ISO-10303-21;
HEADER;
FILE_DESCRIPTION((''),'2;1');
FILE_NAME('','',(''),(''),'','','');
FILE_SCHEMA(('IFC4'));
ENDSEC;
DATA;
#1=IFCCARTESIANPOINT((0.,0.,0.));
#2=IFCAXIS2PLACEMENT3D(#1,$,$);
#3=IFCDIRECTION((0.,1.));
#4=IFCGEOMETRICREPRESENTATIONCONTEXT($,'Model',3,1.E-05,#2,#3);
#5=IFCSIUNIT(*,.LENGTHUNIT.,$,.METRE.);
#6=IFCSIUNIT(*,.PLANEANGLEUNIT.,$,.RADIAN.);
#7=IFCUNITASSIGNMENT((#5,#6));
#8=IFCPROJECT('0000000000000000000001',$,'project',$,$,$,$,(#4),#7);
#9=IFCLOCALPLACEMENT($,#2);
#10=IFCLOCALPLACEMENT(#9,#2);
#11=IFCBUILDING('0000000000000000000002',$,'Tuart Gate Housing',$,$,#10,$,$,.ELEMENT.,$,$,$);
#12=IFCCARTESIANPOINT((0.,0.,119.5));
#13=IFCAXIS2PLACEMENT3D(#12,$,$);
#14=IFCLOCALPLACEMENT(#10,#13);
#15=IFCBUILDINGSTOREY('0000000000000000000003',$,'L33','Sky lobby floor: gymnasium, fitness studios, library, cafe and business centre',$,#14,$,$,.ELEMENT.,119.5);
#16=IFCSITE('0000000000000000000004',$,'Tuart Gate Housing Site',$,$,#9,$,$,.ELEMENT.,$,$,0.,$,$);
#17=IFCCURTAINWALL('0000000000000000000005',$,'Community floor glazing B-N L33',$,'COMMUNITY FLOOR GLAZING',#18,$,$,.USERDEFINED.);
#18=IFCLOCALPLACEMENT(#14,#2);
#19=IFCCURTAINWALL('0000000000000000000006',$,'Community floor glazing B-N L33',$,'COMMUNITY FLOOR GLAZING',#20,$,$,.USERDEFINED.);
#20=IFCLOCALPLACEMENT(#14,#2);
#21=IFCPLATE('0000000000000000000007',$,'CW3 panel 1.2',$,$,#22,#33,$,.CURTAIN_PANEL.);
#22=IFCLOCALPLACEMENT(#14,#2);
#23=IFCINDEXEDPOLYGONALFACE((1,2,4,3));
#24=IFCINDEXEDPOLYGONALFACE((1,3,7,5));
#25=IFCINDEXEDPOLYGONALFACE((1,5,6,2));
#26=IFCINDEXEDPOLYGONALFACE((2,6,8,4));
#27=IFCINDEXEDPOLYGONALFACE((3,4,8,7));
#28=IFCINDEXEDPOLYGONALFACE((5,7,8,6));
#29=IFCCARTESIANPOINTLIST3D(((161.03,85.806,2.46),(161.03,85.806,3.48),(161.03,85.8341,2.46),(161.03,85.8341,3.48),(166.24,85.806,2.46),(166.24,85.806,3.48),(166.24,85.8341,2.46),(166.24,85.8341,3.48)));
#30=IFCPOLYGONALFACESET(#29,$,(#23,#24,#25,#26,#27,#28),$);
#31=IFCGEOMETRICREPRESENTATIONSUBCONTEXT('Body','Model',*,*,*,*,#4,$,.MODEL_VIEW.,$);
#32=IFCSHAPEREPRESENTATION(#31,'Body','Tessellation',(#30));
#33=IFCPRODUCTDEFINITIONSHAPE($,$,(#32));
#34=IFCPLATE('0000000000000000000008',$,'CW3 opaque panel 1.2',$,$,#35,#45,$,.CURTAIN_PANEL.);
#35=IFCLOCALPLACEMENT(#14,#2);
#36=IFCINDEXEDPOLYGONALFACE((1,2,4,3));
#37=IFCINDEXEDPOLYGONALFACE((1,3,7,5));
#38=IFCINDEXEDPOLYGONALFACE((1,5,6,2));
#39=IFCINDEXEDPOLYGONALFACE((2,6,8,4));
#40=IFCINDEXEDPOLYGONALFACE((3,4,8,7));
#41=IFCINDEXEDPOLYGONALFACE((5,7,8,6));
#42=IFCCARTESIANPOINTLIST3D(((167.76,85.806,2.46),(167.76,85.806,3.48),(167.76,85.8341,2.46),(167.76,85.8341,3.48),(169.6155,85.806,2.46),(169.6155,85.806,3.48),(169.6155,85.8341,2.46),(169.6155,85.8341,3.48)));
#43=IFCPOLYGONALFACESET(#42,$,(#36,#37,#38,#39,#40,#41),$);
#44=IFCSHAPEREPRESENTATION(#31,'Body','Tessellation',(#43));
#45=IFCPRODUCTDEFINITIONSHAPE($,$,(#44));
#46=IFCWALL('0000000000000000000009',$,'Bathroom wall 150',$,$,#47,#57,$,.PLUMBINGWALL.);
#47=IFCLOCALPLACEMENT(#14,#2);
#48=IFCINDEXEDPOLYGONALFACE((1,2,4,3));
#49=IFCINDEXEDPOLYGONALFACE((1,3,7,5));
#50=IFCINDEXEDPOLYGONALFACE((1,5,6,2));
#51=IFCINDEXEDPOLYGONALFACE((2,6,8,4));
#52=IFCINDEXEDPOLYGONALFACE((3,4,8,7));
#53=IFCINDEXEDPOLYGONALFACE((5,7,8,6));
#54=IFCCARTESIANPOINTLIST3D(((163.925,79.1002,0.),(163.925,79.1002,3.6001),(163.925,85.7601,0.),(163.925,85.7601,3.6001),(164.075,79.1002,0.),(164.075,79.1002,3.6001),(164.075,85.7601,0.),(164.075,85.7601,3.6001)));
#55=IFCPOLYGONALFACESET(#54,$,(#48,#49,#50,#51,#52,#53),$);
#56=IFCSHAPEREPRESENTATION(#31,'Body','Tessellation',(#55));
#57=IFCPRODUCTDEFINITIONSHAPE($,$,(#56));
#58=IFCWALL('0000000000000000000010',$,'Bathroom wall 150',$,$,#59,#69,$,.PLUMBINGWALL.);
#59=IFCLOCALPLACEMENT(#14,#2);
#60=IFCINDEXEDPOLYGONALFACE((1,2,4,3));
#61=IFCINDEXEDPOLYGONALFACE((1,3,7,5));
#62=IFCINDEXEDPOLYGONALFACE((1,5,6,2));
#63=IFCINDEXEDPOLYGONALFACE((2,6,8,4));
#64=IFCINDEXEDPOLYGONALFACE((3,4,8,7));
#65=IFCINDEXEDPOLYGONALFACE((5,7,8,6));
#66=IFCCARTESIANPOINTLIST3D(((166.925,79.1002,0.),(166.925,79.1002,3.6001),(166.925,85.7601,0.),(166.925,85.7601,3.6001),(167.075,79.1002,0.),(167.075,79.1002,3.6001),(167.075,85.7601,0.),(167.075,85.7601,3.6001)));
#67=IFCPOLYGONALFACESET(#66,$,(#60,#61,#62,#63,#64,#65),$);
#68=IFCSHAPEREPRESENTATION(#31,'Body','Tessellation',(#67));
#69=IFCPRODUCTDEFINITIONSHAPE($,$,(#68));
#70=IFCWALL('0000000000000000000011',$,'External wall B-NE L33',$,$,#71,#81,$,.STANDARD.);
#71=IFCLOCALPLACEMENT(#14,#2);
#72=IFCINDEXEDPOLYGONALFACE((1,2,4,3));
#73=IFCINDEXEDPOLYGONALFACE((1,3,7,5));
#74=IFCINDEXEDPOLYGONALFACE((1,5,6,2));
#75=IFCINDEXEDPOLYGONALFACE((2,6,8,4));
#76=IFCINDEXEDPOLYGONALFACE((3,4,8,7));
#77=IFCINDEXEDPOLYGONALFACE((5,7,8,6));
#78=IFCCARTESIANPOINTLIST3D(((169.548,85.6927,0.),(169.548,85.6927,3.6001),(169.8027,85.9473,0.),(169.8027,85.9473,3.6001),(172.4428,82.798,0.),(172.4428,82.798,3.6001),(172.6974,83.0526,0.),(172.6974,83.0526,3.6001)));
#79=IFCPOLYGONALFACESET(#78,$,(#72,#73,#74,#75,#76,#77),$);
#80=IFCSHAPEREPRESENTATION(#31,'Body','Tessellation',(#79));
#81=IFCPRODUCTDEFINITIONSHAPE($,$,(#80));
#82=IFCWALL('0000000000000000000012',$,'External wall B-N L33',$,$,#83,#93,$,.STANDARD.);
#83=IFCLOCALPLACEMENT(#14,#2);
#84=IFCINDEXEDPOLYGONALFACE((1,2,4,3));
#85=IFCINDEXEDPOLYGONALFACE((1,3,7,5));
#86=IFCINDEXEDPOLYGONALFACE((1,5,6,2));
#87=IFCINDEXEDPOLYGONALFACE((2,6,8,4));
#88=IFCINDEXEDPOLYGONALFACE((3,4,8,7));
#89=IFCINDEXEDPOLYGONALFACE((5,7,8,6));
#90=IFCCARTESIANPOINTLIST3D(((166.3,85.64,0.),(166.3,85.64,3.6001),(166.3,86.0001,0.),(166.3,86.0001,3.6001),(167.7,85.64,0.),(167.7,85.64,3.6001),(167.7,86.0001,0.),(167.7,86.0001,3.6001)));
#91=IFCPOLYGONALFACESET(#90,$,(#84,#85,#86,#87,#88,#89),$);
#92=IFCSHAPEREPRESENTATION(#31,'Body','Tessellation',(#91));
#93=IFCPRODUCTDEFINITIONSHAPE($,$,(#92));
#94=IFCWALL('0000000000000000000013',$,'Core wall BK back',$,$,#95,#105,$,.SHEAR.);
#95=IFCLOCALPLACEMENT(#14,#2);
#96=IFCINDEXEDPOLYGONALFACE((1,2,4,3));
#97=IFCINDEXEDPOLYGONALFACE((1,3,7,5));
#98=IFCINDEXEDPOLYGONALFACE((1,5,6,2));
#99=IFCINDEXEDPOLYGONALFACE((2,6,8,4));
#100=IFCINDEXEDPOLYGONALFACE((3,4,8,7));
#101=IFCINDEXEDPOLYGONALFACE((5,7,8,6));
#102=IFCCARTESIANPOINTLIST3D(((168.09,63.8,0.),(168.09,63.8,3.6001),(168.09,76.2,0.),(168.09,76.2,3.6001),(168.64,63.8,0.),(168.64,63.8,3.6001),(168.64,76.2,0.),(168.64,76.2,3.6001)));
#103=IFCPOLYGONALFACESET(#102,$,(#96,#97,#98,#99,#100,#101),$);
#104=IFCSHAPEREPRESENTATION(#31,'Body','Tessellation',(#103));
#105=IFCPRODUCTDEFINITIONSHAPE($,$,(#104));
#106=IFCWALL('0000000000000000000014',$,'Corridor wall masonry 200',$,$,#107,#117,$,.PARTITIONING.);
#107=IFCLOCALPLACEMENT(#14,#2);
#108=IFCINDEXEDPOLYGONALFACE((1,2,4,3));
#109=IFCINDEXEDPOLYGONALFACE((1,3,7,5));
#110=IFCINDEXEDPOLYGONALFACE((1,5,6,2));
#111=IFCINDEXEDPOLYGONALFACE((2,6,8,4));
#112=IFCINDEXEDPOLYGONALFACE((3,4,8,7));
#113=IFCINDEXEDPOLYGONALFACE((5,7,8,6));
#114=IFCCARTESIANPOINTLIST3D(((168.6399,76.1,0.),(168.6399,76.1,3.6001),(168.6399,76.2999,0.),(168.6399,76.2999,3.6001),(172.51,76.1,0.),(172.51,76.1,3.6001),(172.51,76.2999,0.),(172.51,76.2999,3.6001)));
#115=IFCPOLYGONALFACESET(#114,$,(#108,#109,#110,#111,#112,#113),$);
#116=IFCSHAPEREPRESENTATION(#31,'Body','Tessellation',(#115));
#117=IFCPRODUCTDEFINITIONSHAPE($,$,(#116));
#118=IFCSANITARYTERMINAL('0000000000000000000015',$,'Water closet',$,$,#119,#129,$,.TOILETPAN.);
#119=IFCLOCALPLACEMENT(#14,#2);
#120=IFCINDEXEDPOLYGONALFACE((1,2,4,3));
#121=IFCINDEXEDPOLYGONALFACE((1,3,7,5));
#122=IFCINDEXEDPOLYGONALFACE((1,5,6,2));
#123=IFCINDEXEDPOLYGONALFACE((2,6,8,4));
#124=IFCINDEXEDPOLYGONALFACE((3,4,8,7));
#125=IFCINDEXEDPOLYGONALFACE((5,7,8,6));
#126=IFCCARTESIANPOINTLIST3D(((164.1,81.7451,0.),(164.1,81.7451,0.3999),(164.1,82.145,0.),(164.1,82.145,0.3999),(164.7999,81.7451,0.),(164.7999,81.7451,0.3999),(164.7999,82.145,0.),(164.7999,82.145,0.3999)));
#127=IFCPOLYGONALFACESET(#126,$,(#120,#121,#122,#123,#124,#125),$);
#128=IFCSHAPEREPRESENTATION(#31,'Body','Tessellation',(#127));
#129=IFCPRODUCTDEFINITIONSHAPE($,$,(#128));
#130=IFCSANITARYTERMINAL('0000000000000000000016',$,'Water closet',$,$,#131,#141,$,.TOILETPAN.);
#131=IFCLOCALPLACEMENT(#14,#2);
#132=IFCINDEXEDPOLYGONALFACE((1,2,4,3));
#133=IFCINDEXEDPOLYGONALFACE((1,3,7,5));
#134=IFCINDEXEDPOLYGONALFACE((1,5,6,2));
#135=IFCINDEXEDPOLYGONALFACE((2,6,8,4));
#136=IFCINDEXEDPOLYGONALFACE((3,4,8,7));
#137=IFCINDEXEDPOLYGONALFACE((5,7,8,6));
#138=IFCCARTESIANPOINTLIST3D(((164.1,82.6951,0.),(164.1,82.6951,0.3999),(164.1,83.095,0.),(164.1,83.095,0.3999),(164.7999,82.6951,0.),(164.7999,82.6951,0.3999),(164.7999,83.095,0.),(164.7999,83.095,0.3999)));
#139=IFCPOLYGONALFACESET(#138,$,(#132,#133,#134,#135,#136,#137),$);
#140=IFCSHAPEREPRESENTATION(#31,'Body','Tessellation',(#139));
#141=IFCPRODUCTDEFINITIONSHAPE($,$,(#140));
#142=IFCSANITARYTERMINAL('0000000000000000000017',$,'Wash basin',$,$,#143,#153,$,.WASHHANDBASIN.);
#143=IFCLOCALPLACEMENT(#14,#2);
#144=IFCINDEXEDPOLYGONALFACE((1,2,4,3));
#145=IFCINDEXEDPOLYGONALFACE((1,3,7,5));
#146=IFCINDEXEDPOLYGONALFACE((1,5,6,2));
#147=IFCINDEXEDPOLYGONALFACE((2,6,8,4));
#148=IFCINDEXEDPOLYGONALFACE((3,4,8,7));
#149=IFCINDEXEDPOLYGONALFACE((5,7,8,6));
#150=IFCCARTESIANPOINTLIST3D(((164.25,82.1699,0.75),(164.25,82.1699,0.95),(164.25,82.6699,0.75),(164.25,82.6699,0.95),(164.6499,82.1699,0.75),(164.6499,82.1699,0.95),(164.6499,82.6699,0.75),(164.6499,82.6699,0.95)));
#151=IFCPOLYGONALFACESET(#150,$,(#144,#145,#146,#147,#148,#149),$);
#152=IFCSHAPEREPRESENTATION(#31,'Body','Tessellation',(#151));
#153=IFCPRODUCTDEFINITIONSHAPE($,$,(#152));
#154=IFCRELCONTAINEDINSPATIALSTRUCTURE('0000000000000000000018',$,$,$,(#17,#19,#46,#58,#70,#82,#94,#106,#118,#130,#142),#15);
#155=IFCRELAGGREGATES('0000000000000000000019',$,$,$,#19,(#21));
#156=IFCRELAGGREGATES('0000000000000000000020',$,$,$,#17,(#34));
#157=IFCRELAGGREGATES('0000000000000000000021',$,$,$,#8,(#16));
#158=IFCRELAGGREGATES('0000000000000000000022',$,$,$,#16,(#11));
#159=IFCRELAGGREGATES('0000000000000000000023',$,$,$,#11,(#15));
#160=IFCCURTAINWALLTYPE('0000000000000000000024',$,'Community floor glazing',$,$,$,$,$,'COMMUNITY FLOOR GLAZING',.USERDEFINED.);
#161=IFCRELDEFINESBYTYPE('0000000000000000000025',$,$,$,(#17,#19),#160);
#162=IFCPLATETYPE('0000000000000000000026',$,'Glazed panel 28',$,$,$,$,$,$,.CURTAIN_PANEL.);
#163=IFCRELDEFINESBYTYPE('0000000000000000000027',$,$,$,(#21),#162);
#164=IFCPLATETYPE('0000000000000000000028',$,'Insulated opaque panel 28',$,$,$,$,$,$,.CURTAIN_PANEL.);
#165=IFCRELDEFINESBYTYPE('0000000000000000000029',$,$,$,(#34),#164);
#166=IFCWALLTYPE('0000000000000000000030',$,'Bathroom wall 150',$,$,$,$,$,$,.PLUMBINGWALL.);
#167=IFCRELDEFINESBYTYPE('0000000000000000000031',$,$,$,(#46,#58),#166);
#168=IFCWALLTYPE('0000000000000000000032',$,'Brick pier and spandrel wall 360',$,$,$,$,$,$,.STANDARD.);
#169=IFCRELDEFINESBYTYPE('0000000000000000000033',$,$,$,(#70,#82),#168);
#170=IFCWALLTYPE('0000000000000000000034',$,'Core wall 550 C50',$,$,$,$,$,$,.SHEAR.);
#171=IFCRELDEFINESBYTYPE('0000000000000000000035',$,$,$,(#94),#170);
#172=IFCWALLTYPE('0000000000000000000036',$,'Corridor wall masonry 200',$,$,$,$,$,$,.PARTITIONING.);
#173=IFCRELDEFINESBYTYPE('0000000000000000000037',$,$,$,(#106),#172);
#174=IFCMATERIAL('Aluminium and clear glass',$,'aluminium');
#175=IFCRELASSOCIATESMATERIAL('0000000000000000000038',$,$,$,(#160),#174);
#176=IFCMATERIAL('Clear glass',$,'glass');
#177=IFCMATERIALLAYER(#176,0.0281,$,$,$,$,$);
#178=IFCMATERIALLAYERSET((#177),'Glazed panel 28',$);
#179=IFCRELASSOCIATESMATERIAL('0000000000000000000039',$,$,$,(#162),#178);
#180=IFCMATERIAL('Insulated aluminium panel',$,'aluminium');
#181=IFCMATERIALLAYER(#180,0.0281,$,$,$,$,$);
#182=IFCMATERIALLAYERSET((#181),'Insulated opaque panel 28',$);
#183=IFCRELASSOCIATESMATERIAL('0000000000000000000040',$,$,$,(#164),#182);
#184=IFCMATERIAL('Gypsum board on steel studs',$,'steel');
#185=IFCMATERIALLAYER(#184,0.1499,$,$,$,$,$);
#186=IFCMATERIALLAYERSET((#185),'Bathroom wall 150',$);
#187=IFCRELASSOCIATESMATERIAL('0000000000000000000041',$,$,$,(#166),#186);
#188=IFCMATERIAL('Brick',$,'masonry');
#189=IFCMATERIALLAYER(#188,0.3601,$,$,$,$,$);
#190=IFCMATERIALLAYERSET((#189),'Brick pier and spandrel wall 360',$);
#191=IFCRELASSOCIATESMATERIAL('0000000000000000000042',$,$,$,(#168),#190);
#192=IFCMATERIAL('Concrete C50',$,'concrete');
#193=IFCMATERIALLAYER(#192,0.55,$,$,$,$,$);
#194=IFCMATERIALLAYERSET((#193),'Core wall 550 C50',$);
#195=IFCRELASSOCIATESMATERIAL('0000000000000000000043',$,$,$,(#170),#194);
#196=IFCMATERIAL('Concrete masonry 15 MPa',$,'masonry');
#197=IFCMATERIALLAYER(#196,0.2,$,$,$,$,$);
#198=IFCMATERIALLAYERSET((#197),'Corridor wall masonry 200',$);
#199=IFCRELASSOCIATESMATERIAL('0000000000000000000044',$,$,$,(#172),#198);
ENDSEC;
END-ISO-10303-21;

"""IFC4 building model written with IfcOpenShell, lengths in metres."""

from ifc_helpers import new_model, si_unit, direction, frame, frame_2d, origin, origin_2d, place, context, subcontext, project, spatial, rectangle, extrude, material, layer, layer_set, type_object, element, aggregate, save


model = new_model("IFC4")

# Units and contexts
model_context = context("Model", 3, precision=1e-05, world=origin(), true_north=direction((0.0, 1.0)))
body_context = subcontext(model_context, "Body", "Model", "MODEL_VIEW")
ifc_project = project(units=[si_unit("LENGTHUNIT", "METRE"), si_unit("PLANEANGLEUNIT", "RADIAN")], contexts=[model_context])

# Site, building, storey
site_placement = place(None, origin())
site = spatial("IfcSite", under=ifc_project, at=site_placement, Name="Tuart Gate Housing Site", CompositionType="ELEMENT", RefElevation=0.0)
building_placement = place(site_placement, origin())
building = spatial("IfcBuilding", under=site, at=building_placement, Name="Tuart Gate Housing", CompositionType="ELEMENT")
storey_placement = place(building_placement, frame((0.0, 0.0, 119.5)))
storey = spatial("IfcBuildingStorey", under=building, at=storey_placement, Name="L33", Description="Sky lobby floor: gymnasium, fitness studios, library, cafe and business centre", CompositionType="ELEMENT", Elevation=119.5)

# Curtain wall
ifc_material_1 = material(Name="Aluminium and clear glass", Category="aluminium")
curtain_wall_type = type_object("IfcCurtainWallType", Name="Community floor glazing", ElementType="COMMUNITY FLOOR GLAZING", PredefinedType="USERDEFINED", material=ifc_material_1)
curtain_wall_1_placement = place(storey_placement, origin())
curtain_wall_1 = element("IfcCurtainWall", 1, at=curtain_wall_1_placement, inside=storey, type_object=curtain_wall_type, Name="Community floor glazing B-N L33", ObjectType="COMMUNITY FLOOR GLAZING", PredefinedType="USERDEFINED")

# Curtain wall
curtain_wall_2_placement = place(storey_placement, origin())
curtain_wall_2 = element("IfcCurtainWall", 2, at=curtain_wall_2_placement, inside=storey, type_object=curtain_wall_type, Name="Community floor glazing B-N L33", ObjectType="COMMUNITY FLOOR GLAZING", PredefinedType="USERDEFINED")

# Plates
ifc_material_2 = material(Name="Clear glass", Category="glass")
ifc_layer_1 = layer(ifc_material_2, 0.0281)
ifc_layer_set_1 = layer_set([ifc_layer_1], Name="Glazed panel 28")
plate_type_1 = type_object("IfcPlateType", Name="Glazed panel 28", PredefinedType="CURTAIN_PANEL", material=ifc_layer_set_1)
plate_1_placement = place(storey_placement, frame((163.635, 85.8201, 2.46), z_axis=(0.0, 0.0, 1.0), x_axis=(-1.0, 0.0, 0.0)))
plate_1 = element("IfcPlate", 3, at=plate_1_placement, type_object=plate_type_1, Name="CW3 panel 1.2", PredefinedType="CURTAIN_PANEL", context=body_context, shape_type="SweptSolid", body=[
    extrude(rectangle(XDim=5.21, YDim=0.0281, at=origin_2d()), origin(), (0.0, 0.0, 1.0), 1.02),
])
aggregate(curtain_wall_2, [plate_1])
ifc_material_3 = material(Name="Insulated aluminium panel", Category="aluminium")
ifc_layer_2 = layer(ifc_material_3, 0.0281)
ifc_layer_set_2 = layer_set([ifc_layer_2], Name="Insulated opaque panel 28")
plate_type_2 = type_object("IfcPlateType", Name="Insulated opaque panel 28", PredefinedType="CURTAIN_PANEL", material=ifc_layer_set_2)
plate_2_placement = place(storey_placement, frame((168.6877, 85.8201, 2.46), z_axis=(0.0, 0.0, 1.0), x_axis=(-1.0, 0.0, 0.0)))
plate_2 = element("IfcPlate", 4, at=plate_2_placement, type_object=plate_type_2, Name="CW3 opaque panel 1.2", PredefinedType="CURTAIN_PANEL", context=body_context, shape_type="SweptSolid", body=[
    extrude(rectangle(XDim=1.8555, YDim=0.0281, at=origin_2d()), origin(), (0.0, 0.0, 1.0), 1.02),
])
aggregate(curtain_wall_1, [plate_2])

# Walls
ifc_material_4 = material(Name="Gypsum board on steel studs", Category="steel")
ifc_layer_3 = layer(ifc_material_4, 0.1499)
ifc_layer_set_3 = layer_set([ifc_layer_3], Name="Bathroom wall 150")
wall_type_1 = type_object("IfcWallType", Name="Bathroom wall 150", PredefinedType="PLUMBINGWALL", material=ifc_layer_set_3)
for number, where, z_axis, x_axis, name in (
    (5, (164.0, 79.1001, 0.0), (0.0, 0.0, 1.0), (0.0, 1.0, 0.0), "Bathroom wall 150"),
    (6, (167.0, 79.1001, 0.0), (0.0, 0.0, 1.0), (0.0, 1.0, 0.0), "Bathroom wall 150"),
):
    element("IfcWall", number, at=place(storey_placement, frame(where, z_axis=z_axis, x_axis=x_axis)), inside=storey, type_object=wall_type_1, Name=name, PredefinedType="PLUMBINGWALL", context=body_context, shape_type="SweptSolid", body=[
        extrude(rectangle(XDim=6.6599, YDim=0.1499, at=frame_2d((3.3301, 0.0))), origin(), (0.0, 0.0, 1.0), 3.6001),
    ])
ifc_material_5 = material(Name="Brick", Category="masonry")
ifc_layer_4 = layer(ifc_material_5, 0.3601)
ifc_layer_set_4 = layer_set([ifc_layer_4], Name="Brick pier and spandrel wall 360")
wall_type_2 = type_object("IfcWallType", Name="Brick pier and spandrel wall 360", PredefinedType="STANDARD", material=ifc_layer_set_4)
wall_1_placement = place(storey_placement, frame((172.5701, 82.9253, 0.0), z_axis=(0.0, 0.0, 1.0), x_axis=(-0.707107, 0.707107, 0.0)))
element("IfcWall", 7, at=wall_1_placement, inside=storey, type_object=wall_type_2, Name="External wall B-NE L33", PredefinedType="STANDARD", context=body_context, shape_type="SweptSolid", body=[
    extrude(rectangle(XDim=4.0938, YDim=0.3601, at=frame_2d((2.0469, 0.0))), origin(), (0.0, 0.0, 1.0), 3.6001),
])
wall_2_placement = place(storey_placement, frame((167.7, 85.8201, 0.0), z_axis=(0.0, 0.0, 1.0), x_axis=(-1.0, 0.0, 0.0)))
element("IfcWall", 8, at=wall_2_placement, inside=storey, type_object=wall_type_2, Name="External wall B-N L33", PredefinedType="STANDARD", context=body_context, shape_type="SweptSolid", body=[
    extrude(rectangle(XDim=1.3999, YDim=0.3601, at=frame_2d((0.7, 0.0))), origin(), (0.0, 0.0, 1.0), 3.6001),
])
ifc_material_6 = material(Name="Concrete C50", Category="concrete")
ifc_layer_5 = layer(ifc_material_6, 0.55)
ifc_layer_set_5 = layer_set([ifc_layer_5], Name="Core wall 550 C50")
wall_type_3 = type_object("IfcWallType", Name="Core wall 550 C50", PredefinedType="SHEAR", material=ifc_layer_set_5)
wall_3_placement = place(storey_placement, frame((168.365, 76.2, 0.0), z_axis=(0.0, 0.0, 1.0), x_axis=(0.0, -1.0, 0.0)))
element("IfcWall", 9, at=wall_3_placement, inside=storey, type_object=wall_type_3, Name="Core wall BK back", PredefinedType="SHEAR", context=body_context, shape_type="SweptSolid", body=[
    extrude(rectangle(XDim=12.3999, YDim=0.55, at=frame_2d((6.2, 0.0))), origin(), (0.0, 0.0, 1.0), 3.6001),
])
ifc_material_7 = material(Name="Concrete masonry 15 MPa", Category="masonry")
ifc_layer_6 = layer(ifc_material_7, 0.2)
ifc_layer_set_6 = layer_set([ifc_layer_6], Name="Corridor wall masonry 200")
wall_type_4 = type_object("IfcWallType", Name="Corridor wall masonry 200", PredefinedType="PARTITIONING", material=ifc_layer_set_6)
wall_4_placement = place(storey_placement, frame((168.6399, 76.2, 0.0), z_axis=(0.0, 0.0, 1.0), x_axis=(1.0, 0.0, 0.0)))
element("IfcWall", 10, at=wall_4_placement, inside=storey, type_object=wall_type_4, Name="Corridor wall masonry 200", PredefinedType="PARTITIONING", context=body_context, shape_type="SweptSolid", body=[
    extrude(rectangle(XDim=3.8701, YDim=0.2, at=frame_2d((1.9351, 0.0))), origin(), (0.0, 0.0, 1.0), 3.6001),
])

# Sanitary terminals
for number, where, z_axis, x_axis, name in (
    (11, (164.45, 81.9451, 0.0), (0.0, 0.0, 1.0), (1.0, 0.0, 0.0), "Water closet"),
    (12, (164.45, 82.895, 0.0), (0.0, 0.0, 1.0), (1.0, 0.0, 0.0), "Water closet"),
):
    element("IfcSanitaryTerminal", number, at=place(storey_placement, frame(where, z_axis=z_axis, x_axis=x_axis)), inside=storey, Name=name, PredefinedType="TOILETPAN", context=body_context, shape_type="SweptSolid", body=[
        extrude(rectangle(XDim=0.7, YDim=0.3999, at=origin_2d()), origin(), (0.0, 0.0, 1.0), 0.3999),
    ])
sanitary_terminal_placement = place(storey_placement, frame((164.45, 82.4199, 0.75), z_axis=(0.0, 0.0, 1.0), x_axis=(1.0, 0.0, 0.0)))
element("IfcSanitaryTerminal", 13, at=sanitary_terminal_placement, inside=storey, Name="Wash basin", PredefinedType="WASHHANDBASIN", context=body_context, shape_type="SweptSolid", body=[
    extrude(rectangle(XDim=0.3999, YDim=0.5, at=origin_2d()), origin(), (0.0, 0.0, 1.0), 0.2),
])

save(model, "model.ifc")
